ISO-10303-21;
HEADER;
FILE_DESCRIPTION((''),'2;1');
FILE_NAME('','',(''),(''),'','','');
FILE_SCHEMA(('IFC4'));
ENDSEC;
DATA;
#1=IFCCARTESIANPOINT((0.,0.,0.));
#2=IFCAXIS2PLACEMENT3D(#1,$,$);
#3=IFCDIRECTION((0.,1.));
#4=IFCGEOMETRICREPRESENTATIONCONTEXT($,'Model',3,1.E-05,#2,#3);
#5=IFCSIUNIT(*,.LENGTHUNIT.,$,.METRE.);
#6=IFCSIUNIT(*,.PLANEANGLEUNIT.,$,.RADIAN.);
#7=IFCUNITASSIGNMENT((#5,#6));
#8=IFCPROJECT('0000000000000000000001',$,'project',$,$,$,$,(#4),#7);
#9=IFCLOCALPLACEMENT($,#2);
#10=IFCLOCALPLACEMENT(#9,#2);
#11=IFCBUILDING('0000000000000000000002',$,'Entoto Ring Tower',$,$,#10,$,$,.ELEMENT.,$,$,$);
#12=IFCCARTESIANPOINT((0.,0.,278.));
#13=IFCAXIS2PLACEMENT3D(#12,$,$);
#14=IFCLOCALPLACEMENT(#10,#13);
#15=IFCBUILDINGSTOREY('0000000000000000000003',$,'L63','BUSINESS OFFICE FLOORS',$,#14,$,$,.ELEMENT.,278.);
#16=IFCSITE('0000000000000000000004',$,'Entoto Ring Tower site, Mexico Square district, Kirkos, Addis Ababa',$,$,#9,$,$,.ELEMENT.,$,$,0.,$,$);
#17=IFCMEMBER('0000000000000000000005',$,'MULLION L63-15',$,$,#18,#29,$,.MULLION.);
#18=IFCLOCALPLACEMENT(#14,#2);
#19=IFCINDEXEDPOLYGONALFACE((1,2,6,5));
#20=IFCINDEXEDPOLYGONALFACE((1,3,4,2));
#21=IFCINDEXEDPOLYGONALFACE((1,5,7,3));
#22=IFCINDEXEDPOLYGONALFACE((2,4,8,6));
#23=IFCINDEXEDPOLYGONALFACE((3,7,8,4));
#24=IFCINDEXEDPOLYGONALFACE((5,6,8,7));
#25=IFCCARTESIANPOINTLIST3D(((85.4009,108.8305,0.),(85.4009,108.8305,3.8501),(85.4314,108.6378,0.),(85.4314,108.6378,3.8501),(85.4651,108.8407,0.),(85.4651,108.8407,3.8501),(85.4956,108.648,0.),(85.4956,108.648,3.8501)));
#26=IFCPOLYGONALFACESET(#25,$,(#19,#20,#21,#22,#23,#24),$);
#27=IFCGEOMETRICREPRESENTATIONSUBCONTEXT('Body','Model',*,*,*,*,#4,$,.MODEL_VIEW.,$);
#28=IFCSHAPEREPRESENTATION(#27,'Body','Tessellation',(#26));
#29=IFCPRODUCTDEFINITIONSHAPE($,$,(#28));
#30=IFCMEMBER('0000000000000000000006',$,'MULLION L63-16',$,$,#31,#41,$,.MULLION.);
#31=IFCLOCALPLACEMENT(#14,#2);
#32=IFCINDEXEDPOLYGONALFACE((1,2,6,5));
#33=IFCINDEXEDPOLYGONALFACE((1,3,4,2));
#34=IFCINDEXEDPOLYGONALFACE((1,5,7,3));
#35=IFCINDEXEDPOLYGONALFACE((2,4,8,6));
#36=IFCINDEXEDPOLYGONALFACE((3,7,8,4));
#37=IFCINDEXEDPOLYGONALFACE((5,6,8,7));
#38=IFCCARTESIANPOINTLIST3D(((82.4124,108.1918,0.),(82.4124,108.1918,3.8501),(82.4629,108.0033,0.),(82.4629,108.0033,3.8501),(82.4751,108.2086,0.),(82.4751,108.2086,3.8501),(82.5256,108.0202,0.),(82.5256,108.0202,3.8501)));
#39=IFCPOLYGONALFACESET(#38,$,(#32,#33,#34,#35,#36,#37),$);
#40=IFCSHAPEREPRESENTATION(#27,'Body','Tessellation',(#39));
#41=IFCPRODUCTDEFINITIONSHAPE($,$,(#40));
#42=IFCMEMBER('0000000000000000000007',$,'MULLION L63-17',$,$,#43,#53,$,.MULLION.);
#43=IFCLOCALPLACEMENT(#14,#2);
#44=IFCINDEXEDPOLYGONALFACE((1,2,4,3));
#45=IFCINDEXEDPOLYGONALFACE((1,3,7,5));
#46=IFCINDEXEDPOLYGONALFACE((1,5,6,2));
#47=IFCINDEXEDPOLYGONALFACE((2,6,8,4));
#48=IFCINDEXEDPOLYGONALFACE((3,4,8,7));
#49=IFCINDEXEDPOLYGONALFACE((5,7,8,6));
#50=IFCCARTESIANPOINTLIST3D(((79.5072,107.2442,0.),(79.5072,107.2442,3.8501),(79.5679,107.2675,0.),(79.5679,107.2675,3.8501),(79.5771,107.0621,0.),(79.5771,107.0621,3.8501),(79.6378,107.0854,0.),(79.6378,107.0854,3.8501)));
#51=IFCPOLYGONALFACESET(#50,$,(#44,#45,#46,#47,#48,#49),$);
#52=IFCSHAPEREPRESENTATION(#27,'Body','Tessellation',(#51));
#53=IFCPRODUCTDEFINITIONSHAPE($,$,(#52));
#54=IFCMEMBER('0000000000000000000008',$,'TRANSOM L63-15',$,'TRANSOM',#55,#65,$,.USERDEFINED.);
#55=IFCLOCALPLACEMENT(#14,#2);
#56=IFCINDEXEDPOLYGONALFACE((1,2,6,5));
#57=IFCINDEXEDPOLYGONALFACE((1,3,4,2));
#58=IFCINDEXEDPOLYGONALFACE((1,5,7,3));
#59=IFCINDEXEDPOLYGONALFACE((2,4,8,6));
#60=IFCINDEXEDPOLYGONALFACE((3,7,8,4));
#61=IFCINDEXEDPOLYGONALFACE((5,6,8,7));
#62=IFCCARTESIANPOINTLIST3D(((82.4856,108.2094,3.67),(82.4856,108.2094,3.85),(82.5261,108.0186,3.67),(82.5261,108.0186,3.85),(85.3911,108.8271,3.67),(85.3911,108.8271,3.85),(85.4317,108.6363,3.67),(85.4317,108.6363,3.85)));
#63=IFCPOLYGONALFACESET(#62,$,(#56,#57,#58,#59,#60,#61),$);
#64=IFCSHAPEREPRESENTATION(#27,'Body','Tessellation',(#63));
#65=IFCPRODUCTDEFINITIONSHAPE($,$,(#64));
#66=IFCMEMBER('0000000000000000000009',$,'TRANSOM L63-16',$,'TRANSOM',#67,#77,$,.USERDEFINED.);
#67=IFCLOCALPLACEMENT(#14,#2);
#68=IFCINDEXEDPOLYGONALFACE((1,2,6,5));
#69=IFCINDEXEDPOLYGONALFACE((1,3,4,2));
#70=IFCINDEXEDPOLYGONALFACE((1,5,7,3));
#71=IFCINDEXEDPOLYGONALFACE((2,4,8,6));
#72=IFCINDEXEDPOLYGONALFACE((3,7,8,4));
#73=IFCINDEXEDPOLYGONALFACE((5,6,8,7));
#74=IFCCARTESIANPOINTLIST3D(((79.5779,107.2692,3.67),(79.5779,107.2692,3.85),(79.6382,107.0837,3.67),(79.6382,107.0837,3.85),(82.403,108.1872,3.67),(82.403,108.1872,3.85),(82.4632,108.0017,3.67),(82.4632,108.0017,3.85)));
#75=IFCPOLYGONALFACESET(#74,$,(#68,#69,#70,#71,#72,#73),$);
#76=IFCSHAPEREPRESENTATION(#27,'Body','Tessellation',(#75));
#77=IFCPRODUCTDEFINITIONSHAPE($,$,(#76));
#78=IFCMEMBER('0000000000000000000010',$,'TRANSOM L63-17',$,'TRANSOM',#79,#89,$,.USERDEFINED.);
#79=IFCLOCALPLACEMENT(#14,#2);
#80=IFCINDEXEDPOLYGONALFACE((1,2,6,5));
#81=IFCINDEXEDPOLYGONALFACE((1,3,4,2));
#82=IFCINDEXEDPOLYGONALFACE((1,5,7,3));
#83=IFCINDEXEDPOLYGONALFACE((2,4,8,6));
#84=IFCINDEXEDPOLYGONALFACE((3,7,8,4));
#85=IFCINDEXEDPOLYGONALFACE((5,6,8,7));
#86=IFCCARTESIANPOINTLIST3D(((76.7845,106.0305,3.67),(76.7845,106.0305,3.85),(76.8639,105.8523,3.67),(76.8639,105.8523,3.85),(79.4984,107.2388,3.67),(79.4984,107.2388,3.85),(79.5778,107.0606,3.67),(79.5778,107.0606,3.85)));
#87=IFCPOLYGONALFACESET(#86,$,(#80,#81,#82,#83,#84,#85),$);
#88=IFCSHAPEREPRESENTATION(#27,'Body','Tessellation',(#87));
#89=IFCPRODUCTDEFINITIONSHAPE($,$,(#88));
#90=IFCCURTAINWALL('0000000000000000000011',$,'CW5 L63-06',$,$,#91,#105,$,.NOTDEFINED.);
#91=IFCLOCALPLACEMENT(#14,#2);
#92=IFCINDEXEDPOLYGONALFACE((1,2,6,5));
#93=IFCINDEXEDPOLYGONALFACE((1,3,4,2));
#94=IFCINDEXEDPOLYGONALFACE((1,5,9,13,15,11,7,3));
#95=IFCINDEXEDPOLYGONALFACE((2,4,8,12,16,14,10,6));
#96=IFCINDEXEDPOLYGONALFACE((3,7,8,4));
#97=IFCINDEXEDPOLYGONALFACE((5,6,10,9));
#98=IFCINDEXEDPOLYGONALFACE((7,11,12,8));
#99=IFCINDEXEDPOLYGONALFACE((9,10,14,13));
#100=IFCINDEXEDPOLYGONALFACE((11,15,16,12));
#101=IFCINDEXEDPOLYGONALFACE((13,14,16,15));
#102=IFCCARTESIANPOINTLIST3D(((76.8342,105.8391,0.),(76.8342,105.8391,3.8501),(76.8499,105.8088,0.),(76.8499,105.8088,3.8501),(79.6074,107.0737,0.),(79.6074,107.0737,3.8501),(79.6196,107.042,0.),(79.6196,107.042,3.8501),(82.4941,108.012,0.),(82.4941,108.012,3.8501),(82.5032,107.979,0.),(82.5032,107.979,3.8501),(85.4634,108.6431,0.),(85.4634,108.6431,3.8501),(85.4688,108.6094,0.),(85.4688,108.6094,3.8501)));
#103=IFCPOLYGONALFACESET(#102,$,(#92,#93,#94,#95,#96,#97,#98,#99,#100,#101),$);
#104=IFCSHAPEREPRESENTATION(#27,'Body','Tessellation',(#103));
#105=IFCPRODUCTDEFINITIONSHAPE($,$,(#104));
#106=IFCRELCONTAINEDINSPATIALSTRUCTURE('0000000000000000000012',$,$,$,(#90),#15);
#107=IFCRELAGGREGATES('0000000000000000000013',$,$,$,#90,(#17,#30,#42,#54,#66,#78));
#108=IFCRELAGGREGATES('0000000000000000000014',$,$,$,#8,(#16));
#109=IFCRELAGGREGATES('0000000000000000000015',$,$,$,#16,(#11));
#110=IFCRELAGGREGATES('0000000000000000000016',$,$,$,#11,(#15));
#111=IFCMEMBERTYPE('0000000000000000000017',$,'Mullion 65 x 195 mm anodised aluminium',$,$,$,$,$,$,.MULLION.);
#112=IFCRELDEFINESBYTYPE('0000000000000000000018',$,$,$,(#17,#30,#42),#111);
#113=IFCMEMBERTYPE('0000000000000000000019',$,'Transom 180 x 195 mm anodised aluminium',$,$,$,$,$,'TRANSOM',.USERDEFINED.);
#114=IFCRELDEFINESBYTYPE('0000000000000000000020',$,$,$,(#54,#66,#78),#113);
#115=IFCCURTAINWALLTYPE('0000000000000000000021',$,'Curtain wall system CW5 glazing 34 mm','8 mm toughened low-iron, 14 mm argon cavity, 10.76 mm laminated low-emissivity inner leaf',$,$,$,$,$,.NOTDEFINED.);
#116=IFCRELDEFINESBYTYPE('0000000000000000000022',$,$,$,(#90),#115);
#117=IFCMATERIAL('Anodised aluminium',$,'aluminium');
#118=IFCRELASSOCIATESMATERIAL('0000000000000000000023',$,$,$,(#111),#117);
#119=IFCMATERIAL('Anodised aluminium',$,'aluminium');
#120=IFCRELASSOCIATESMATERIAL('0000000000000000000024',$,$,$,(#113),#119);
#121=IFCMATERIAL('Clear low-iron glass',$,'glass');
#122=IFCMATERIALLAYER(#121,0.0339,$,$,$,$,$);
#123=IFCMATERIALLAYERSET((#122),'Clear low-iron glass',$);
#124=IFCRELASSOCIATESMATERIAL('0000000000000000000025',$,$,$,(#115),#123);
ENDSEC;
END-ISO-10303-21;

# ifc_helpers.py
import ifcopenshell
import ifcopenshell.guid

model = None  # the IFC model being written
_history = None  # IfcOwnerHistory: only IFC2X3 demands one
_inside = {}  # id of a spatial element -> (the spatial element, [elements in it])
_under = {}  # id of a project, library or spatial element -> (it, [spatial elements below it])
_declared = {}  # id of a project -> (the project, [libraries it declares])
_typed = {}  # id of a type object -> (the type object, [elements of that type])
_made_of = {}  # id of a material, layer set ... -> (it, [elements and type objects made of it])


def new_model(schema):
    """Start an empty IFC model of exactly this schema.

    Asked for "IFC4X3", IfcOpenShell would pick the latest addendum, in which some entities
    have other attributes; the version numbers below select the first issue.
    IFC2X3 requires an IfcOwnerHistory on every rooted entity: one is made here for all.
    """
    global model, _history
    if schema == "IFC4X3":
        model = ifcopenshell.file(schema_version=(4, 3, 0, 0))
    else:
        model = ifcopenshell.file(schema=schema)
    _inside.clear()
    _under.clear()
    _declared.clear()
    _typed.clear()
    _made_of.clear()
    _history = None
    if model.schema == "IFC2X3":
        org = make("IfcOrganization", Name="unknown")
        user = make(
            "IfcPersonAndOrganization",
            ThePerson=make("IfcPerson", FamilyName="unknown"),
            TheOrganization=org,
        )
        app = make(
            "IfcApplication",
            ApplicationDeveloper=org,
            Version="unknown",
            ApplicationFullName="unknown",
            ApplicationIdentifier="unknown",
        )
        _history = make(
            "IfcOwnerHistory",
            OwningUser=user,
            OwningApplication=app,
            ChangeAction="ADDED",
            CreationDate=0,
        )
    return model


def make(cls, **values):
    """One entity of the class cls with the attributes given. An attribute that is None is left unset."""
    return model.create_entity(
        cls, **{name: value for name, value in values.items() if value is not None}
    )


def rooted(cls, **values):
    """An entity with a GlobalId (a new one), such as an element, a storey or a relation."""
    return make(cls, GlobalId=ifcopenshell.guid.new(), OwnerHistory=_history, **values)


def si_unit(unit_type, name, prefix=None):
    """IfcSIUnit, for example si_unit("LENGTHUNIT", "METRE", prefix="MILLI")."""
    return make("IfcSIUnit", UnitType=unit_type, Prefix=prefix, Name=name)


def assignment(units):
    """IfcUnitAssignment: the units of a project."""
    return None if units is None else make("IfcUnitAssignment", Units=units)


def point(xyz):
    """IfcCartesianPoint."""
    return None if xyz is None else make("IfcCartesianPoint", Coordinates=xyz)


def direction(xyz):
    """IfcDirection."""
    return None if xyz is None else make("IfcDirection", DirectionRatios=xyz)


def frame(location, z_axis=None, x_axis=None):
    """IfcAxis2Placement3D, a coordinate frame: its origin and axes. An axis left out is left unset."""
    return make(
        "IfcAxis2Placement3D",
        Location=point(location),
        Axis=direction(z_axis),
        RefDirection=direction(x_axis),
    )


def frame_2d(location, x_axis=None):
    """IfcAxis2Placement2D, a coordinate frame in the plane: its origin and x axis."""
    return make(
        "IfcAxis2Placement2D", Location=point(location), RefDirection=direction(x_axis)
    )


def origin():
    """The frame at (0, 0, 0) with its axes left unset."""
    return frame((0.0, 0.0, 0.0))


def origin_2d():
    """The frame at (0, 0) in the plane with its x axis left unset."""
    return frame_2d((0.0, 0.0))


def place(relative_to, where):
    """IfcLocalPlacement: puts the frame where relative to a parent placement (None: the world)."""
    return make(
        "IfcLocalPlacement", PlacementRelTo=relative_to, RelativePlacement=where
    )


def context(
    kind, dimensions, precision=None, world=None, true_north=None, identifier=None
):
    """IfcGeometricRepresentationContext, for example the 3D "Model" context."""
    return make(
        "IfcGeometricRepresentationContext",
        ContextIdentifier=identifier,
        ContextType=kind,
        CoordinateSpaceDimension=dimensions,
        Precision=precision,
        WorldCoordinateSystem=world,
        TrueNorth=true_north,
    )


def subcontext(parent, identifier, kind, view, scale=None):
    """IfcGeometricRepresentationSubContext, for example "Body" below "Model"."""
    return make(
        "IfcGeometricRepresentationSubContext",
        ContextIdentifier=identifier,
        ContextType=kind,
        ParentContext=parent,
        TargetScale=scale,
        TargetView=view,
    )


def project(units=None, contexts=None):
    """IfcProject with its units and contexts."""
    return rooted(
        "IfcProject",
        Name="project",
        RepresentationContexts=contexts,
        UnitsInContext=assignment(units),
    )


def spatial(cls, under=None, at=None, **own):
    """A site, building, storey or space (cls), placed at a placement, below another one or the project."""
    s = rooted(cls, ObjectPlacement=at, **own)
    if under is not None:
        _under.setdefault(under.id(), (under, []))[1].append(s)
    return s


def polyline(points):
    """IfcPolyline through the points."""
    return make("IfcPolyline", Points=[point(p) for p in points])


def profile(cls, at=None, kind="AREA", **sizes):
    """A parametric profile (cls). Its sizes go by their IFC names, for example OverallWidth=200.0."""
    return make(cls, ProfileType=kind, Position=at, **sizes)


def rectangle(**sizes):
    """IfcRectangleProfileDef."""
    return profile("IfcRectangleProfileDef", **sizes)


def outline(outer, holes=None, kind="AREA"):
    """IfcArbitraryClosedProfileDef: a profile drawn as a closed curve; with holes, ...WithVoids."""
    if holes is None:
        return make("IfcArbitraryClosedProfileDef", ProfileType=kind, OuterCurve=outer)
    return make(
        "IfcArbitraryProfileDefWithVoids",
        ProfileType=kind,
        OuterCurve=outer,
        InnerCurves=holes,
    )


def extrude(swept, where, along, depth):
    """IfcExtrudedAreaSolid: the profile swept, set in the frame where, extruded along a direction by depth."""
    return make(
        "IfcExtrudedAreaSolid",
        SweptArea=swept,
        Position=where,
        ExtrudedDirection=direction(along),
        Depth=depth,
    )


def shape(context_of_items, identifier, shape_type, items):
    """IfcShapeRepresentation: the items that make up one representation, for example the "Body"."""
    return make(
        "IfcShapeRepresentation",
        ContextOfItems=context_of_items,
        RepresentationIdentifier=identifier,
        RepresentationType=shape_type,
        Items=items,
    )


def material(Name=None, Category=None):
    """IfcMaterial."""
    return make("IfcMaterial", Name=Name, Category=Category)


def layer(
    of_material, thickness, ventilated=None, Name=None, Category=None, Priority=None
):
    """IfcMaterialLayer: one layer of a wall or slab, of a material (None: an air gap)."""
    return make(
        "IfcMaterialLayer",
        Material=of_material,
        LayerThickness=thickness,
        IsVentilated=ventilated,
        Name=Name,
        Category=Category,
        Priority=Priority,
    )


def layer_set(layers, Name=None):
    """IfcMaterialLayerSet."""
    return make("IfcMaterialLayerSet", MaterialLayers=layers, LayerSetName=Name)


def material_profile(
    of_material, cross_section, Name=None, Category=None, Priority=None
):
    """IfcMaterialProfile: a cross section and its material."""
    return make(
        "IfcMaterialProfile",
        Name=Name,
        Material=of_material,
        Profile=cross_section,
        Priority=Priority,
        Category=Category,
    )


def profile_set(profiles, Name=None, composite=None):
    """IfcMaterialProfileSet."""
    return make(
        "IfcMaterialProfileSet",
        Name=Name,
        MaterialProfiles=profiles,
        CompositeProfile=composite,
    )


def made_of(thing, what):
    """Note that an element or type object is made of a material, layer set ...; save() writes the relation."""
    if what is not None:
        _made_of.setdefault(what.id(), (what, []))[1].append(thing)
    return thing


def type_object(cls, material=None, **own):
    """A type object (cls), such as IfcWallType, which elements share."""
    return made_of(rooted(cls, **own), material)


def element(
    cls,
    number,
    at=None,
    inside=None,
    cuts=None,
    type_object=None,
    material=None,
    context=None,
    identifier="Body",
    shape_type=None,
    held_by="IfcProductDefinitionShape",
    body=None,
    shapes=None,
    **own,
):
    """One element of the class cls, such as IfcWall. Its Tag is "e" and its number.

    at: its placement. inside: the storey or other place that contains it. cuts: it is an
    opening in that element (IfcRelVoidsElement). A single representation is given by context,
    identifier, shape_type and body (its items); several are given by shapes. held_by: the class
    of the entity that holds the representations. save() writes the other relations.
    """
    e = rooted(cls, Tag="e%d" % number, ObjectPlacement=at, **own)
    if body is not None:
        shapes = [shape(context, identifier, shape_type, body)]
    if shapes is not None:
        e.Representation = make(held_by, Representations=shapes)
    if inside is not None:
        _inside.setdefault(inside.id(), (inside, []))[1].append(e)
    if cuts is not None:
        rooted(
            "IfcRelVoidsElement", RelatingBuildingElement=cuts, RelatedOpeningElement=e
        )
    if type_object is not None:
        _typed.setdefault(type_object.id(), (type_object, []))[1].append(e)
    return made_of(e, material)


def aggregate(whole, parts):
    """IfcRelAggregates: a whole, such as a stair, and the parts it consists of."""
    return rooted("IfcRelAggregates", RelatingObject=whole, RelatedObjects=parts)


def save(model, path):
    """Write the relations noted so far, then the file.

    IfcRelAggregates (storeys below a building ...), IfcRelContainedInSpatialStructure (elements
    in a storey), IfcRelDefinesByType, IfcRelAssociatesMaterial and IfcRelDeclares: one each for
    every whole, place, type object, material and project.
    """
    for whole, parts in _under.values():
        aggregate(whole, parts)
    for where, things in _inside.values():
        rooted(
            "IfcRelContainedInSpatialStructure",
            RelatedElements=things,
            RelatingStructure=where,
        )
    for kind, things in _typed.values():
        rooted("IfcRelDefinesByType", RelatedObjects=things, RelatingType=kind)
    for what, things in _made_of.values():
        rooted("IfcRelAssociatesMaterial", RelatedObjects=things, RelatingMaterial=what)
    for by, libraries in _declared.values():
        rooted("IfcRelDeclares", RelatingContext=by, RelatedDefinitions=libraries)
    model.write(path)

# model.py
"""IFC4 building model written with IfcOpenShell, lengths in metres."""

from ifc_helpers import new_model, si_unit, direction, frame, origin, origin_2d, place, context, subcontext, project, spatial, polyline, rectangle, outline, extrude, material, layer, layer_set, material_profile, profile_set, type_object, element, aggregate, save


model = new_model("IFC4")

# Units and contexts
model_context = context("Model", 3, precision=1e-05, world=origin(), true_north=direction((0.0, 1.0)))
body_context = subcontext(model_context, "Body", "Model", "MODEL_VIEW")
ifc_project = project(units=[si_unit("LENGTHUNIT", "METRE"), si_unit("PLANEANGLEUNIT", "RADIAN")], contexts=[model_context])

# Members
ifc_material_1 = material(Name="Anodised aluminium", Category="aluminium")
ifc_material_profile_1 = material_profile(ifc_material_1, rectangle(XDim=0.0649, YDim=0.1951, at=origin_2d()), Name="Mullion 65 x 195 mm anodised aluminium")
ifc_profile_set_1 = profile_set([ifc_material_profile_1], Name="Anodised aluminium")
member_type_1 = type_object("IfcMemberType", Name="Mullion 65 x 195 mm anodised aluminium", PredefinedType="MULLION", material=ifc_profile_set_1)
site_placement = place(None, origin())
building_placement = place(site_placement, origin())
storey_placement = place(building_placement, frame((0.0, 0.0, 278.0)))
member_1_placement = place(storey_placement, frame((85.4482, 108.7393, 0.0), z_axis=(0.0, 0.0, 1.0), x_axis=(-0.987688, -0.156434, 0.0)))
member_1 = element("IfcMember", 1, at=member_1_placement, type_object=member_type_1, Name="MULLION L63-15", PredefinedType="MULLION", context=body_context, shape_type="SweptSolid", body=[
    extrude(rectangle(XDim=0.0649, YDim=0.1951, at=origin_2d()), origin(), (0.0, 0.0, 1.0), 3.8501),
])
member_2_placement = place(storey_placement, frame((82.469, 108.106, 0.0), z_axis=(0.0, 0.0, 1.0), x_axis=(-0.965926, -0.258819, 0.0)))
member_2 = element("IfcMember", 2, at=member_2_placement, type_object=member_type_1, Name="MULLION L63-16", PredefinedType="MULLION", context=body_context, shape_type="SweptSolid", body=[
    extrude(rectangle(XDim=0.0649, YDim=0.1951, at=origin_2d()), origin(), (0.0, 0.0, 1.0), 3.8501),
])
member_3_placement = place(storey_placement, frame((79.5725, 107.1648, 0.0), z_axis=(0.0, 0.0, 1.0), x_axis=(-0.93358, -0.358368, 0.0)))
member_3 = element("IfcMember", 3, at=member_3_placement, type_object=member_type_1, Name="MULLION L63-17", PredefinedType="MULLION", context=body_context, shape_type="SweptSolid", body=[
    extrude(rectangle(XDim=0.0649, YDim=0.1951, at=origin_2d()), origin(), (0.0, 0.0, 1.0), 3.8501),
])
ifc_material_2 = material(Name="Anodised aluminium", Category="aluminium")
ifc_material_profile_2 = material_profile(ifc_material_2, rectangle(XDim=0.1951, YDim=0.1799, at=origin_2d()), Name="Transom 180 x 195 mm anodised aluminium")
ifc_profile_set_2 = profile_set([ifc_material_profile_2], Name="Anodised aluminium")
member_type_2 = type_object("IfcMemberType", Name="Transom 180 x 195 mm anodised aluminium", ElementType="TRANSOM", PredefinedType="USERDEFINED", material=ifc_profile_set_2)
member_4_placement = place(storey_placement, frame((85.4114, 108.7317, 3.76), z_axis=(-0.978142, -0.20794, 0.0), x_axis=(0.20794, -0.978142, 0.0)))
member_4 = element("IfcMember", 4, at=member_4_placement, type_object=member_type_2, Name="TRANSOM L63-15", ObjectType="TRANSOM", PredefinedType="USERDEFINED", context=body_context, shape_type="SweptSolid", body=[
    extrude(rectangle(XDim=0.1951, YDim=0.1799, at=origin_2d()), origin(), (0.0, 0.0, 1.0), 2.9705),
])
member_5_placement = place(storey_placement, frame((82.4331, 108.0945, 3.76), z_axis=(-0.951048, -0.309043, 0.0), x_axis=(0.309043, -0.951048, 0.0)))
member_5 = element("IfcMember", 5, at=member_5_placement, type_object=member_type_2, Name="TRANSOM L63-16", ObjectType="TRANSOM", PredefinedType="USERDEFINED", context=body_context, shape_type="SweptSolid", body=[
    extrude(rectangle(XDim=0.1951, YDim=0.1799, at=origin_2d()), origin(), (0.0, 0.0, 1.0), 2.9705),
])
member_6_placement = place(storey_placement, frame((79.5381, 107.1497, 3.76), z_axis=(-0.91355, -0.406726, 0.0), x_axis=(0.406726, -0.91355, 0.0)))
member_6 = element("IfcMember", 6, at=member_6_placement, type_object=member_type_2, Name="TRANSOM L63-17", ObjectType="TRANSOM", PredefinedType="USERDEFINED", context=body_context, shape_type="SweptSolid", body=[
    extrude(rectangle(XDim=0.1951, YDim=0.1799, at=origin_2d()), origin(), (0.0, 0.0, 1.0), 2.9707),
])

# Site, building, storey
site = spatial("IfcSite", under=ifc_project, at=site_placement, Name="Entoto Ring Tower site, Mexico Square district, Kirkos, Addis Ababa", CompositionType="ELEMENT", RefElevation=0.0)
building = spatial("IfcBuilding", under=site, at=building_placement, Name="Entoto Ring Tower", CompositionType="ELEMENT")
storey = spatial("IfcBuildingStorey", under=building, at=storey_placement, Name="L63", Description="BUSINESS OFFICE FLOORS", CompositionType="ELEMENT", Elevation=278.0)

# Curtain wall
ifc_material_3 = material(Name="Clear low-iron glass", Category="glass")
ifc_layer = layer(ifc_material_3, 0.0339)
ifc_layer_set = layer_set([ifc_layer], Name="Clear low-iron glass")
curtain_wall_type = type_object("IfcCurtainWallType", Name="Curtain wall system CW5 glazing 34 mm", Description="8 mm toughened low-iron, 14 mm argon cavity, 10.76 mm laminated low-emissivity inner leaf", PredefinedType="NOTDEFINED", material=ifc_layer_set)
curtain_wall_1_placement = place(storey_placement, origin())
curtain_wall_1 = element("IfcCurtainWall", 7, at=curtain_wall_1_placement, inside=storey, type_object=curtain_wall_type, Name="CW5 L63-06", PredefinedType="NOTDEFINED", context=body_context, shape_type="SweptSolid", body=[
    extrude(outline(polyline([(85.4634, 108.6431), (82.4941, 108.012), (79.6074, 107.0737), (76.8342, 105.8391), (76.8499, 105.8088), (79.6196, 107.042), (82.5032, 107.979), (85.4688, 108.6094), (85.4634, 108.6431)])), origin(), (0.0, 0.0, 1.0), 3.8501),
])
aggregate(curtain_wall_1, [member_1, member_2, member_3, member_4, member_5, member_6])

save(model, "model.ifc")
